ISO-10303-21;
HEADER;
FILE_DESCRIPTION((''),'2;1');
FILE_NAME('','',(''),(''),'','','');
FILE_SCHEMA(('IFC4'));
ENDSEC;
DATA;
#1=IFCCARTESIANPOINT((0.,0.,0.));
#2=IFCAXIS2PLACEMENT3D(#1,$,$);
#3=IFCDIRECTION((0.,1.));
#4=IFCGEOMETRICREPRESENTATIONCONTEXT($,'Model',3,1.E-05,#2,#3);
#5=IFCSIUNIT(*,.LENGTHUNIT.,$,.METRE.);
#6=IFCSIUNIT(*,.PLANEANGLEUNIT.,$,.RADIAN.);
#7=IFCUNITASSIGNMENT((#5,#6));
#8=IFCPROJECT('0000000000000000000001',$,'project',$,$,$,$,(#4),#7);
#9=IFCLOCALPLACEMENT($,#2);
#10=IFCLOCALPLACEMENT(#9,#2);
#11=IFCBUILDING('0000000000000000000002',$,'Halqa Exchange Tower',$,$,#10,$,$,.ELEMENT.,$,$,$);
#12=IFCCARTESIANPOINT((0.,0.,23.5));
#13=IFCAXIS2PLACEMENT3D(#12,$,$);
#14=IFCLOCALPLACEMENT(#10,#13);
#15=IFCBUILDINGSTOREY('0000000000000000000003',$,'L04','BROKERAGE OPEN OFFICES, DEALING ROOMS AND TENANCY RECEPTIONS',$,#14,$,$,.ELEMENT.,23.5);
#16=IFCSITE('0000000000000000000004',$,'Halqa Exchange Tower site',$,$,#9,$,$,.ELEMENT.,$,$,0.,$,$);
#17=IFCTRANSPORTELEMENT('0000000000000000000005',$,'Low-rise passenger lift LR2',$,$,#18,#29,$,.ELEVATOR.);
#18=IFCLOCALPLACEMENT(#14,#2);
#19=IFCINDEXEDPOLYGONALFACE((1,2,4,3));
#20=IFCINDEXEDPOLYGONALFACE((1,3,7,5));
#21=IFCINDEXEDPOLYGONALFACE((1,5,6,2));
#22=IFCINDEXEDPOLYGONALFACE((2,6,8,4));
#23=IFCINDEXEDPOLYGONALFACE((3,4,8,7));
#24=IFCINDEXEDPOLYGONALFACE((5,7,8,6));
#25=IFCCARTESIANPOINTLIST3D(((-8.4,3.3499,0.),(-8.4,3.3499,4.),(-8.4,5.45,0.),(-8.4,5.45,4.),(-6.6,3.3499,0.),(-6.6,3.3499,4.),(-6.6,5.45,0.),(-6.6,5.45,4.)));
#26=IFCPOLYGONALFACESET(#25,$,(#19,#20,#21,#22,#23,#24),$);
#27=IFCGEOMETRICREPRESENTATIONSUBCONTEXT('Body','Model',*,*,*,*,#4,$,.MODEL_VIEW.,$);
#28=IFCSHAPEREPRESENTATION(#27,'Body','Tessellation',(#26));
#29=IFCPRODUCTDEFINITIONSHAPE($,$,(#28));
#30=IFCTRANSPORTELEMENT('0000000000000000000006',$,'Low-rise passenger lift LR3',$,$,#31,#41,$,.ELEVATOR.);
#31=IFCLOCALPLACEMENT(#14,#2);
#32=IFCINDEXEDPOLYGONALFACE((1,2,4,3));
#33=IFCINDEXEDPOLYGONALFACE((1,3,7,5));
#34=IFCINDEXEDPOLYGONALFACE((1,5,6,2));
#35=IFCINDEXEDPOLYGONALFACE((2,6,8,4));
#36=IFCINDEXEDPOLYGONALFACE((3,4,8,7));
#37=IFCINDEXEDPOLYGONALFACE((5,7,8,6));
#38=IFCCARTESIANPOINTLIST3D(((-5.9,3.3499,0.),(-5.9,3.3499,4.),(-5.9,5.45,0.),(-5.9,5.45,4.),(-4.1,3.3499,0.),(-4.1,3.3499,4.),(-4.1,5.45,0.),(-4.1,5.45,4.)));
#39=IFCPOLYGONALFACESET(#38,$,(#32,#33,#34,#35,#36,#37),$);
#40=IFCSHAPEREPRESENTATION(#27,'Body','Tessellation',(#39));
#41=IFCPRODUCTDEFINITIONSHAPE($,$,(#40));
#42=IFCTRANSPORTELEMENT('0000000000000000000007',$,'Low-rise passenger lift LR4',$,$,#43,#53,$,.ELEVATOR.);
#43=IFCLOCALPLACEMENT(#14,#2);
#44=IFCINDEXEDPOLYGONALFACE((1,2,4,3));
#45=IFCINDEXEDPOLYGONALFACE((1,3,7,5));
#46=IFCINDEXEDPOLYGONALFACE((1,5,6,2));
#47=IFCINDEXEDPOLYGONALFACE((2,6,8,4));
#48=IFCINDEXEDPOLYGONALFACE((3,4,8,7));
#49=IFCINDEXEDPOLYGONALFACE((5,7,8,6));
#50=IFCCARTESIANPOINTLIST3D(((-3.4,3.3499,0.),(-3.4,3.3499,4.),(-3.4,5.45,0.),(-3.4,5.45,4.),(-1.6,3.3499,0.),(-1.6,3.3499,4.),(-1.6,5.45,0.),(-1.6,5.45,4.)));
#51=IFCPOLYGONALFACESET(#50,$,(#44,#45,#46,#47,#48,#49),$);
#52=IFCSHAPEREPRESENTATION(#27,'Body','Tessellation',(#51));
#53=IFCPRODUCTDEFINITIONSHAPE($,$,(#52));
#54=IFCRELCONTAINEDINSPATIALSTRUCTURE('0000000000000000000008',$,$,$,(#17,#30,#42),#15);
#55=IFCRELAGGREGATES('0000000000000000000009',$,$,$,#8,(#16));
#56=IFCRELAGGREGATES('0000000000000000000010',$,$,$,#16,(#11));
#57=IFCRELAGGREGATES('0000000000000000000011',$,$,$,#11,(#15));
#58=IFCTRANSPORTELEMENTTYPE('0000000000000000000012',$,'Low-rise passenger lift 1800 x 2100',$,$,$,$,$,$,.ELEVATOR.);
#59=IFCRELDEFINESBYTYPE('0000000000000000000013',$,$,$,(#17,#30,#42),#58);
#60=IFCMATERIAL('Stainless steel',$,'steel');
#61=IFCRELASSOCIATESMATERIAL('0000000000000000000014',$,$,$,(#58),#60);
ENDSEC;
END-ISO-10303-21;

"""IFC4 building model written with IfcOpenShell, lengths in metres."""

from ifc_helpers import new_model, si_unit, direction, frame, origin, origin_2d, place, context, subcontext, project, spatial, rectangle, extrude, material, type_object, element, save


model = new_model("IFC4")

# Units and contexts
model_context = context("Model", 3, precision=1e-05, world=origin(), true_north=direction((0.0, 1.0)))
body_context = subcontext(model_context, "Body", "Model", "MODEL_VIEW")
ifc_project = project(units=[si_unit("LENGTHUNIT", "METRE"), si_unit("PLANEANGLEUNIT", "RADIAN")], contexts=[model_context])

# Site, building, storey
site_placement = place(None, origin())
site = spatial("IfcSite", under=ifc_project, at=site_placement, Name="Halqa Exchange Tower site", CompositionType="ELEMENT", RefElevation=0.0)
building_placement = place(site_placement, origin())
building = spatial("IfcBuilding", under=site, at=building_placement, Name="Halqa Exchange Tower", CompositionType="ELEMENT")
storey_placement = place(building_placement, frame((0.0, 0.0, 23.5)))
storey = spatial("IfcBuildingStorey", under=building, at=storey_placement, Name="L04", Description="BROKERAGE OPEN OFFICES, DEALING ROOMS AND TENANCY RECEPTIONS", CompositionType="ELEMENT", Elevation=23.5)

# Shared definitions
ifc_material_1 = material(Name="Stainless steel", Category="steel")

# Transport elements
transport_element_type = type_object("IfcTransportElementType", Name="Low-rise passenger lift 1800 x 2100", PredefinedType="ELEVATOR", material=ifc_material_1)
for number, where, z_axis, x_axis, name in (
    (1, (-7.5, 4.3999, 0.0), (0.0, 0.0, 1.0), (1.0, 0.0, 0.0), "Low-rise passenger lift LR2"),
    (2, (-5.0, 4.3999, 0.0), (0.0, 0.0, 1.0), (1.0, 0.0, 0.0), "Low-rise passenger lift LR3"),
    (3, (-2.5, 4.3999, 0.0), (0.0, 0.0, 1.0), (1.0, 0.0, 0.0), "Low-rise passenger lift LR4"),
):
    element("IfcTransportElement", number, at=place(storey_placement, frame(where, z_axis=z_axis, x_axis=x_axis)), inside=storey, type_object=transport_element_type, Name=name, PredefinedType="ELEVATOR", context=body_context, shape_type="SweptSolid", body=[
        extrude(rectangle(XDim=1.8, YDim=2.1001, at=origin_2d()), origin(), (0.0, 0.0, 1.0), 4.0),
    ])

save(model, "model.ifc")
